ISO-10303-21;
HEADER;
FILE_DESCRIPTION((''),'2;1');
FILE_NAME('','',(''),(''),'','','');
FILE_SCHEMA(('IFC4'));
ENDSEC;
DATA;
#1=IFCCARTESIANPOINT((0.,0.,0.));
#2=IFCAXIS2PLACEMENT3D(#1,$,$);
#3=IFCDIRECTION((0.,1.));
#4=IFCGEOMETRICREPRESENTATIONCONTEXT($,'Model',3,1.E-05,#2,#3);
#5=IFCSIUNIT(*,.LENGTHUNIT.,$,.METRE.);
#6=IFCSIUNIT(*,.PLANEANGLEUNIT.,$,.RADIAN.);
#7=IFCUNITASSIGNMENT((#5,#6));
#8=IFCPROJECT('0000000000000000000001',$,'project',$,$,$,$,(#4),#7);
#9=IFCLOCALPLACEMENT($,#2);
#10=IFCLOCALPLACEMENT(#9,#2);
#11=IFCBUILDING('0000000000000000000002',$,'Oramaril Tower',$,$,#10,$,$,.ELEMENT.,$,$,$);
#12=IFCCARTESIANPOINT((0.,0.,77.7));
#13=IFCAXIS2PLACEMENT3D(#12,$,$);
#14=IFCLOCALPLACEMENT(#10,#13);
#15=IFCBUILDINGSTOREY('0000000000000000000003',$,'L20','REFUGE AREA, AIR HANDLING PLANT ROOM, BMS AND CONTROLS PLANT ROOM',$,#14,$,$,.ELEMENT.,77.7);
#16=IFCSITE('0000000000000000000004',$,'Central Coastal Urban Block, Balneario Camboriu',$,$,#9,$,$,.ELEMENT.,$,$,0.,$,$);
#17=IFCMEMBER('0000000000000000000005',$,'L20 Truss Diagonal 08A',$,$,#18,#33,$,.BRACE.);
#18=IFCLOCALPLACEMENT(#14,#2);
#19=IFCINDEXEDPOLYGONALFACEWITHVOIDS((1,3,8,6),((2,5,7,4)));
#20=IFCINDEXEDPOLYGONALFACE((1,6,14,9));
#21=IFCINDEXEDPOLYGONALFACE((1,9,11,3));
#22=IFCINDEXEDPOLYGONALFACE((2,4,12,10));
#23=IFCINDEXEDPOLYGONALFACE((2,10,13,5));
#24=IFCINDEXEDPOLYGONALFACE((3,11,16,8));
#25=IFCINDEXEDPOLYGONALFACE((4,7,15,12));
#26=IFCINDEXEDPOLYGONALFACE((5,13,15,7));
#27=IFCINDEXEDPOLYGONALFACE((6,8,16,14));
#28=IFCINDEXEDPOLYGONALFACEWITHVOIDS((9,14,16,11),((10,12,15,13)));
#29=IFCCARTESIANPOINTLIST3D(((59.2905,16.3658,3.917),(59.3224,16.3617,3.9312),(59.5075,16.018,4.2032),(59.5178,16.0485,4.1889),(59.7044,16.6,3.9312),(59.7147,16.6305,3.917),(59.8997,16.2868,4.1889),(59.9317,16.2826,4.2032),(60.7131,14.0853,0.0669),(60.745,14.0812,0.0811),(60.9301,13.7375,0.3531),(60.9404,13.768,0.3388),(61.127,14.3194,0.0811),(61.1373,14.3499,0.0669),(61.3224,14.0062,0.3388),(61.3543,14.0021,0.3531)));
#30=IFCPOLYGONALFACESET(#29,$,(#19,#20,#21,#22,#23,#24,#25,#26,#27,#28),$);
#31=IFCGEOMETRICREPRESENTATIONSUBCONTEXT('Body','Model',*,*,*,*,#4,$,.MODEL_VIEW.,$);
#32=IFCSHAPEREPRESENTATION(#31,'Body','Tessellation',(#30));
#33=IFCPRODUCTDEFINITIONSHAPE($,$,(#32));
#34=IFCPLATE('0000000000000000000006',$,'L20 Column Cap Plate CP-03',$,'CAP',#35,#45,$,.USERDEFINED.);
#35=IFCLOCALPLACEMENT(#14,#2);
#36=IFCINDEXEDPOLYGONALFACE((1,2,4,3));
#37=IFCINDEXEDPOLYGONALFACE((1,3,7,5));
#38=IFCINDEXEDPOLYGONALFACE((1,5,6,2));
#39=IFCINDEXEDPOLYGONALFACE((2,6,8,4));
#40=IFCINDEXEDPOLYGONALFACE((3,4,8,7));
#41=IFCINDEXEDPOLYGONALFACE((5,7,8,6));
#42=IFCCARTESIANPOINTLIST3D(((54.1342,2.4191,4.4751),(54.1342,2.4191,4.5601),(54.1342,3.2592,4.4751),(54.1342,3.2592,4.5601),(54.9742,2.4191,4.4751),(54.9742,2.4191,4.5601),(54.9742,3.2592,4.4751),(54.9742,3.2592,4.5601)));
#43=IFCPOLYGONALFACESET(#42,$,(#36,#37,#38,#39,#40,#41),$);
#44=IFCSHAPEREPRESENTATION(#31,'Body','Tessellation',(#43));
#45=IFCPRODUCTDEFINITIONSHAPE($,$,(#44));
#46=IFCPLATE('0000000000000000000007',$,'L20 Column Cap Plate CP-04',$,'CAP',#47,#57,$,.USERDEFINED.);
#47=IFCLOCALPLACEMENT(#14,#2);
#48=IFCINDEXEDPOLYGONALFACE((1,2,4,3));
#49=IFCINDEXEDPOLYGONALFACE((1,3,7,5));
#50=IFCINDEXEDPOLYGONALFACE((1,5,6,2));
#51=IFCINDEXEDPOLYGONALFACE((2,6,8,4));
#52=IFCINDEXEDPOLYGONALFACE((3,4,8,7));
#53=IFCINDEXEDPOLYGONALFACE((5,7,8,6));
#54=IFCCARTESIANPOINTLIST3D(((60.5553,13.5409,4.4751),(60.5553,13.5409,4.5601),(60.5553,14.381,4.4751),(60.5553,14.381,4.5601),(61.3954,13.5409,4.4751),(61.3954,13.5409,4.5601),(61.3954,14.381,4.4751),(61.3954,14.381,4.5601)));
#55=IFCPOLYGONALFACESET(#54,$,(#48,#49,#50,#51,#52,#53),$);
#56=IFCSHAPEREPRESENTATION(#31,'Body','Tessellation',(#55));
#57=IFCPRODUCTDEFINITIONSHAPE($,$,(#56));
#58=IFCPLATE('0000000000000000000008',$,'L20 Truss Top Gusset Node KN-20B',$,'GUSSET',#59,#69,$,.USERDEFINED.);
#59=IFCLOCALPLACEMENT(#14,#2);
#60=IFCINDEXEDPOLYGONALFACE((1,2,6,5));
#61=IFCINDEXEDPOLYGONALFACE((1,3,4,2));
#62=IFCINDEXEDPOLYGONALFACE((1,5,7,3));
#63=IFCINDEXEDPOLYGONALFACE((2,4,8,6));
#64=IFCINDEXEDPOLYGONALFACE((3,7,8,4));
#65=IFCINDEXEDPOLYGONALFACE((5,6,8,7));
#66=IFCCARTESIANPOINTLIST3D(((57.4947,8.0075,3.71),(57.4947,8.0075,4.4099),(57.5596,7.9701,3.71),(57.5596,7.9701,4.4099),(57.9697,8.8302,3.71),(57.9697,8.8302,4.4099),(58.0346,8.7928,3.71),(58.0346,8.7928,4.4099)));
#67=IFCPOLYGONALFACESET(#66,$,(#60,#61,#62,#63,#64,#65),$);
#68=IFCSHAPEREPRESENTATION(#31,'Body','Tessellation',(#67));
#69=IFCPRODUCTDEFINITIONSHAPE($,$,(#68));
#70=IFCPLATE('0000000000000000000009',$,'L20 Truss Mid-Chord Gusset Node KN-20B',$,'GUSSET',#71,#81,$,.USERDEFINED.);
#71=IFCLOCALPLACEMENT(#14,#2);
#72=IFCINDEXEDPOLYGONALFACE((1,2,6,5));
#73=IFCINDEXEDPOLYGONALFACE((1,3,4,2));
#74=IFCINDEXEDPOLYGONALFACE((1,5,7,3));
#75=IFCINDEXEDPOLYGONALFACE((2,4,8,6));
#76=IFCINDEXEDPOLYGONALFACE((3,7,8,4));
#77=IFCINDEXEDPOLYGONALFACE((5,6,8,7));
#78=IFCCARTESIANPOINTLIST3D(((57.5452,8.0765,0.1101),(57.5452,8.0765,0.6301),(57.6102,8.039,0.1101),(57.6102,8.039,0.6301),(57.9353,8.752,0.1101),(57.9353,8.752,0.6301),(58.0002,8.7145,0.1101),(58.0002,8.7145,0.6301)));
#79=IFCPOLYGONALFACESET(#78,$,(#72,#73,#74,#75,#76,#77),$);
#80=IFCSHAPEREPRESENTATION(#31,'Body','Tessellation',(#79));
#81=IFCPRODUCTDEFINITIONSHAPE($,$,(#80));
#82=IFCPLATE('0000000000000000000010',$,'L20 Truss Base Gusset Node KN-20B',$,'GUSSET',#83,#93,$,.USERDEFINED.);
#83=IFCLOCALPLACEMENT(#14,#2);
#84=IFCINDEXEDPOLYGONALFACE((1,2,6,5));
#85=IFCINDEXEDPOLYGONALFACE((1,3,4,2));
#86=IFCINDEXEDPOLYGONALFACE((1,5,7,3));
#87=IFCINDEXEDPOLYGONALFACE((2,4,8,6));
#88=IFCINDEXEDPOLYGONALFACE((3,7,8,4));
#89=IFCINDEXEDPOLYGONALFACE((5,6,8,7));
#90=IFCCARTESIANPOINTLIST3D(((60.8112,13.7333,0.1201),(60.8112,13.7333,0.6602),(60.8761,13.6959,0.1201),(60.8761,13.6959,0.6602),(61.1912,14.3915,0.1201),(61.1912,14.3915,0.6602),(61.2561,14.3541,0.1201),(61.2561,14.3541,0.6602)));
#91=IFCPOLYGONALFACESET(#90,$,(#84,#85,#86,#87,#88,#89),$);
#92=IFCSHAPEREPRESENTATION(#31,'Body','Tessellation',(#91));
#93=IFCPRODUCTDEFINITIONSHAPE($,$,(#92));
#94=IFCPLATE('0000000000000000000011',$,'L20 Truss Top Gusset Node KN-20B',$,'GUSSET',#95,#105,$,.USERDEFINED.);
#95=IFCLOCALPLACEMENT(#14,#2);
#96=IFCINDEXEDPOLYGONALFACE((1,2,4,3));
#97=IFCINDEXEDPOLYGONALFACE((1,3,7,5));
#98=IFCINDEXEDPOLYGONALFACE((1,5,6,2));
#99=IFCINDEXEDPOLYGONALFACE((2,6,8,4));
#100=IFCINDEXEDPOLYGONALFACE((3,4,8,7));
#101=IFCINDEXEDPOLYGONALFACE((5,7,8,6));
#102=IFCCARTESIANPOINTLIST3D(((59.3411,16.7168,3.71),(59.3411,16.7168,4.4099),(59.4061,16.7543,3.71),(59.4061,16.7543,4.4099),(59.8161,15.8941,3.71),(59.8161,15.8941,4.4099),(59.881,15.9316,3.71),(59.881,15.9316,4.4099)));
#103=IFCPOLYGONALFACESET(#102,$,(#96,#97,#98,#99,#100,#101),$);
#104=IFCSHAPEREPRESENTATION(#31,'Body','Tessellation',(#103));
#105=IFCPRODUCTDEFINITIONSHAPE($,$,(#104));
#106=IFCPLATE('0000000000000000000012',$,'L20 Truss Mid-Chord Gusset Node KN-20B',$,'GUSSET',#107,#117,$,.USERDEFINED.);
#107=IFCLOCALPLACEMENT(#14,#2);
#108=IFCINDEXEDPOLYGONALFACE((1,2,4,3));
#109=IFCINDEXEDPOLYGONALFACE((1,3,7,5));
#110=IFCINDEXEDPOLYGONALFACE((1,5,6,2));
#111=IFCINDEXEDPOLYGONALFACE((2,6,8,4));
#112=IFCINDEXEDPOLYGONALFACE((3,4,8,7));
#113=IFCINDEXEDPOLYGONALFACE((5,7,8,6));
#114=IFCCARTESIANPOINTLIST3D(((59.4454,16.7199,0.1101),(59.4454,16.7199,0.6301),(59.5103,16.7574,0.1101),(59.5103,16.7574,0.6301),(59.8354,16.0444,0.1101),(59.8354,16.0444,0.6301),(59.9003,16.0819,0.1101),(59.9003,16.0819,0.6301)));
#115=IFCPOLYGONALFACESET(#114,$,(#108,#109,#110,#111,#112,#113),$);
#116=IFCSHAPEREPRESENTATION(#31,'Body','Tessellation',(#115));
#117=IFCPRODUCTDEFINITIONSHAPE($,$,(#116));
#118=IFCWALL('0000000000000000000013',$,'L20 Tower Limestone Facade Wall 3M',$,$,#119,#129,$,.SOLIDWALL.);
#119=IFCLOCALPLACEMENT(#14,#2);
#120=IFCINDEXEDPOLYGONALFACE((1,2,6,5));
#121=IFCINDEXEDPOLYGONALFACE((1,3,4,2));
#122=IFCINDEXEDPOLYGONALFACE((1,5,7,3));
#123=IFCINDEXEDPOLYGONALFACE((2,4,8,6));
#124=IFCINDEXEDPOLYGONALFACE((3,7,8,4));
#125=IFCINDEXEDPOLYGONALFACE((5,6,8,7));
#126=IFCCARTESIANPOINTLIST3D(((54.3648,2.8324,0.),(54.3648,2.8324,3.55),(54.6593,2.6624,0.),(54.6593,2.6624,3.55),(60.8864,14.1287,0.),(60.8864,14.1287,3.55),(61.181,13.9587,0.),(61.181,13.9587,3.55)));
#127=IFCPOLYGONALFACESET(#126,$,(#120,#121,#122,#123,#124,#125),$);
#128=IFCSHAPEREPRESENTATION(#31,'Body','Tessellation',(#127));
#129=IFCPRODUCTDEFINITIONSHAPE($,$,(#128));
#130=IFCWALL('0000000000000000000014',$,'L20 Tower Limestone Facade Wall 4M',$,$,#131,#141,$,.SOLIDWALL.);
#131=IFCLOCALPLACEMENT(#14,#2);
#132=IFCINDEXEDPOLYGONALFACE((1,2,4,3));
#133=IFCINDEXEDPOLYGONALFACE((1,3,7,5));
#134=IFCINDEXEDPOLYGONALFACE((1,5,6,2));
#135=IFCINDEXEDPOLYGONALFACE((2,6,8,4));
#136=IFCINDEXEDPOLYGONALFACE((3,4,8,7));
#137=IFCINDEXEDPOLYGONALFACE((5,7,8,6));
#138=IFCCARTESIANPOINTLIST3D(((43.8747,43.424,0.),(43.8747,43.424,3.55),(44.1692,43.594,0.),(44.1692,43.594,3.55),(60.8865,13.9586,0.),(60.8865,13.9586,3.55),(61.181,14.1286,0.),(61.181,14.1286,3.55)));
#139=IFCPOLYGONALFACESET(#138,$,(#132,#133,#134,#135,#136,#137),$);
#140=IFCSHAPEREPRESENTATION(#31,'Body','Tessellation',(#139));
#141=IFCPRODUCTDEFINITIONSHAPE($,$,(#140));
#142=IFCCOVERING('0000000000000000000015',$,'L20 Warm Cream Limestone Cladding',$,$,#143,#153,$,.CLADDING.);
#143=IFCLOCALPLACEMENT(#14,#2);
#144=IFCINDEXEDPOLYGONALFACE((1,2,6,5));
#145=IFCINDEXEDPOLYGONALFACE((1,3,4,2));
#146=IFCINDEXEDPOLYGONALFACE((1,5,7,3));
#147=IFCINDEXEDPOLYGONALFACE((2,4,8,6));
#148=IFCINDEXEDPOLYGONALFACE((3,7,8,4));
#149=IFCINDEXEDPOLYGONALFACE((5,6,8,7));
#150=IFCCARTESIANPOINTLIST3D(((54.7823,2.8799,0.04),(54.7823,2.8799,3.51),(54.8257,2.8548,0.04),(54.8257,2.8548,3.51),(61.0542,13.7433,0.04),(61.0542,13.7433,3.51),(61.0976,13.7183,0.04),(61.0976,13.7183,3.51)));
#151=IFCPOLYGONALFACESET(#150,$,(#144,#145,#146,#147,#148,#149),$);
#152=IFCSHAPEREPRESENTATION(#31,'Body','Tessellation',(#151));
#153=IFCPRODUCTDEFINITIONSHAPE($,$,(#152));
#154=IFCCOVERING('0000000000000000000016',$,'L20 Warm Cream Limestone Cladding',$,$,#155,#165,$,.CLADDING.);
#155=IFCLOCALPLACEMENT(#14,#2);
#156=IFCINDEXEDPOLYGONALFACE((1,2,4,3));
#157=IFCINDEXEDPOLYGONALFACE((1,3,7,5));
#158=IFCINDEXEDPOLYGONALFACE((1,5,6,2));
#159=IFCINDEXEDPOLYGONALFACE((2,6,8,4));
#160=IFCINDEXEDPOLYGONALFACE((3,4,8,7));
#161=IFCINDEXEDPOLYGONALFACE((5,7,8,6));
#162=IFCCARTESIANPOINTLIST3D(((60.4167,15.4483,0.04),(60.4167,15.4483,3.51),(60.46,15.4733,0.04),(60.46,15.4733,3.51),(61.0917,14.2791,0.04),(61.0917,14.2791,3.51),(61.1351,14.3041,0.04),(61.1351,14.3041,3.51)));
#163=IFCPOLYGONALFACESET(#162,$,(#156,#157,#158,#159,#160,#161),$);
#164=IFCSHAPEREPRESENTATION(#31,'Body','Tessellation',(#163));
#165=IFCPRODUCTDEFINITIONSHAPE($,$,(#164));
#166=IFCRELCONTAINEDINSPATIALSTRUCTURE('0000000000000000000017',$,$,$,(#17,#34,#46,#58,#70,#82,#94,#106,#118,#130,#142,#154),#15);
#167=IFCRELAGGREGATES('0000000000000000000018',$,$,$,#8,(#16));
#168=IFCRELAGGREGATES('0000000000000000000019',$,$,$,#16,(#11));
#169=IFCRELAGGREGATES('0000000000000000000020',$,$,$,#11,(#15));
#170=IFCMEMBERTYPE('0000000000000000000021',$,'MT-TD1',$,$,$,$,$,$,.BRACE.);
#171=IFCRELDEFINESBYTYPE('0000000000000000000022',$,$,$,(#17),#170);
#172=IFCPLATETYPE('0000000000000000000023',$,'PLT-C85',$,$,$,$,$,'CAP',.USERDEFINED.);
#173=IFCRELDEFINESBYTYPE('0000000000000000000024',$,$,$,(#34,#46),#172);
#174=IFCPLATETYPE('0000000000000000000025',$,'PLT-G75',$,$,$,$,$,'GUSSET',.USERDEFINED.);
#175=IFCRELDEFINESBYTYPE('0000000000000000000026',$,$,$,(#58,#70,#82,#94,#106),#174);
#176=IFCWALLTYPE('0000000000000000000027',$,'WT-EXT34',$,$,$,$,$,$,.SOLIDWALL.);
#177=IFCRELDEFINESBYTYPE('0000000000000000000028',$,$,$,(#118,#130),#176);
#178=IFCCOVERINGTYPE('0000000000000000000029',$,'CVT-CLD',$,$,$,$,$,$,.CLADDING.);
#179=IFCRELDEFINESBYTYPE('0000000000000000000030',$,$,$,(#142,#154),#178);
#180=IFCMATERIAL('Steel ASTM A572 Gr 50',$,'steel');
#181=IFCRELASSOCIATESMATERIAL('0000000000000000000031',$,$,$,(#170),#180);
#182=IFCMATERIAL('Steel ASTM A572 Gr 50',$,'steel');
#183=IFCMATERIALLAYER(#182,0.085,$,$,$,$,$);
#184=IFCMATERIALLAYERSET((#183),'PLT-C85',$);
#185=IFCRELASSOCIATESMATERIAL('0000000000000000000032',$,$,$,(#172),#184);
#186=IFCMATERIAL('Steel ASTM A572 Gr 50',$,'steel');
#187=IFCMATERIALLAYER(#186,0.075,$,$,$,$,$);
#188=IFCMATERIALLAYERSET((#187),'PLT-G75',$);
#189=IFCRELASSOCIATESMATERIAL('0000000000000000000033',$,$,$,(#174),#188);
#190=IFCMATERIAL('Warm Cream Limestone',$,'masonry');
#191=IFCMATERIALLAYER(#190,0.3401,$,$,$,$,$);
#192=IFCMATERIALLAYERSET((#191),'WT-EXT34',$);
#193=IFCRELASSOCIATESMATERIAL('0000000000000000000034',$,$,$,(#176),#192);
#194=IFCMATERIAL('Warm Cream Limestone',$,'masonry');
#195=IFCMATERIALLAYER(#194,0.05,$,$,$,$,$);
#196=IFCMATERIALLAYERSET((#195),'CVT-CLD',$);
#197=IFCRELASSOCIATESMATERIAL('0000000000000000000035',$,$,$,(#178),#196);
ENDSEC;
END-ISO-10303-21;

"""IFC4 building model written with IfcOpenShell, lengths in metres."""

from ifc_helpers import new_model, si_unit, direction, frame, frame_2d, origin, origin_2d, place, context, subcontext, project, spatial, rectangle, hollow_rectangle, extrude, material, layer, layer_set, material_profile, profile_set, type_object, element, save


model = new_model("IFC4")

# Units and contexts
model_context = context("Model", 3, precision=1e-05, world=origin(), true_north=direction((0.0, 1.0)))
body_context = subcontext(model_context, "Body", "Model", "MODEL_VIEW")
ifc_project = project(units=[si_unit("LENGTHUNIT", "METRE"), si_unit("PLANEANGLEUNIT", "RADIAN")], contexts=[model_context])

# Site, building, storey
site_placement = place(None, origin())
site = spatial("IfcSite", under=ifc_project, at=site_placement, Name="Central Coastal Urban Block, Balneario Camboriu", CompositionType="ELEMENT", RefElevation=0.0)
building_placement = place(site_placement, origin())
building = spatial("IfcBuilding", under=site, at=building_placement, Name="Oramaril Tower", CompositionType="ELEMENT")
storey_placement = place(building_placement, frame((0.0, 0.0, 77.7)))
storey = spatial("IfcBuildingStorey", under=building, at=storey_placement, Name="L20", Description="REFUGE AREA, AIR HANDLING PLANT ROOM, BMS AND CONTROLS PLANT ROOM", CompositionType="ELEMENT", Elevation=77.7)

# Member
ifc_material_1 = material(Name="Steel ASTM A572 Gr 50", Category="steel")
ifc_material_profile_1 = material_profile(ifc_material_1, hollow_rectangle(XDim=0.5, YDim=0.5, WallThickness=0.0249, at=origin_2d()), Name="HSS500X500X25")
ifc_profile_set_1 = profile_set([ifc_material_profile_1], Name="Steel ASTM A572 Gr 50")
member_type_1 = type_object("IfcMemberType", Name="MT-TD1", PredefinedType="BRACE", material=ifc_profile_set_1)
member_1_placement = place(storey_placement, frame((61.0337, 14.0437, 0.21), z_axis=(-0.302972, 0.48568, 0.819953), x_axis=(-0.848452, -0.529272, 0.0)))
element("IfcMember", 1, at=member_1_placement, inside=storey, type_object=member_type_1, Name="L20 Truss Diagonal 08A", PredefinedType="BRACE", context=body_context, shape_type="SweptSolid", body=[
    extrude(hollow_rectangle(XDim=0.5, YDim=0.5, WallThickness=0.0249, at=origin_2d()), origin(), (0.0, 0.0, 1.0), 4.6956),
])

# Plates
ifc_material_2 = material(Name="Steel ASTM A572 Gr 50", Category="steel")
ifc_layer_1 = layer(ifc_material_2, 0.085)
ifc_layer_set_1 = layer_set([ifc_layer_1], Name="PLT-C85")
plate_type_1 = type_object("IfcPlateType", Name="PLT-C85", ElementType="CAP", PredefinedType="USERDEFINED", material=ifc_layer_set_1)
for number, where, z_axis, x_axis, name in (
    (2, (54.5542, 2.8391, 4.4751), (0.0, 0.0, 1.0), (1.0, 0.0, 0.0), "L20 Column Cap Plate CP-03"),
    (3, (60.9753, 13.9609, 4.4751), (0.0, 0.0, 1.0), (1.0, 0.0, 0.0), "L20 Column Cap Plate CP-04"),
):
    element("IfcPlate", number, at=place(storey_placement, frame(where, z_axis=z_axis, x_axis=x_axis)), inside=storey, type_object=plate_type_1, Name=name, ObjectType="CAP", PredefinedType="USERDEFINED", context=body_context, shape_type="SweptSolid", body=[
        extrude(rectangle(XDim=0.8401, YDim=0.8401, at=origin_2d()), origin(), (0.0, 0.0, 1.0), 0.085),
    ])
ifc_material_3 = material(Name="Steel ASTM A572 Gr 50", Category="steel")
ifc_layer_2 = layer(ifc_material_3, 0.075)
ifc_layer_set_2 = layer_set([ifc_layer_2], Name="PLT-G75")
plate_type_2 = type_object("IfcPlateType", Name="PLT-G75", ElementType="GUSSET", PredefinedType="USERDEFINED", material=ifc_layer_set_2)
plate_1_placement = place(storey_placement, frame((57.7646, 8.4001, 3.71), z_axis=(0.0, 0.0, 1.0), x_axis=(0.499992, 0.86603, 0.0)))
element("IfcPlate", 4, at=plate_1_placement, inside=storey, type_object=plate_type_2, Name="L20 Truss Top Gusset Node KN-20B", ObjectType="GUSSET", PredefinedType="USERDEFINED", context=body_context, shape_type="SweptSolid", body=[
    extrude(rectangle(XDim=0.95, YDim=0.075, at=origin_2d()), origin(), (0.0, 0.0, 1.0), 0.7),
])
plate_2_placement = place(storey_placement, frame((57.7727, 8.3955, 0.1101), z_axis=(0.0, 0.0, 1.0), x_axis=(0.499992, 0.86603, 0.0)))
element("IfcPlate", 5, at=plate_2_placement, inside=storey, type_object=plate_type_2, Name="L20 Truss Mid-Chord Gusset Node KN-20B", ObjectType="GUSSET", PredefinedType="USERDEFINED", context=body_context, shape_type="SweptSolid", body=[
    extrude(rectangle(XDim=0.78, YDim=0.075, at=origin_2d()), origin(), (0.0, 0.0, 1.0), 0.52),
])
plate_3_placement = place(storey_placement, frame((61.0337, 14.0437, 0.1201), z_axis=(0.0, 0.0, 1.0), x_axis=(0.499992, 0.86603, 0.0)))
element("IfcPlate", 6, at=plate_3_placement, inside=storey, type_object=plate_type_2, Name="L20 Truss Base Gusset Node KN-20B", ObjectType="GUSSET", PredefinedType="USERDEFINED", context=body_context, shape_type="SweptSolid", body=[
    extrude(rectangle(XDim=0.76, YDim=0.075, at=origin_2d()), origin(), (0.0, 0.0, 1.0), 0.54),
])
plate_4_placement = place(storey_placement, frame((59.6111, 16.3242, 3.71), z_axis=(0.0, 0.0, 1.0), x_axis=(-0.499997, 0.866027, 0.0)))
element("IfcPlate", 7, at=plate_4_placement, inside=storey, type_object=plate_type_2, Name="L20 Truss Top Gusset Node KN-20B", ObjectType="GUSSET", PredefinedType="USERDEFINED", context=body_context, shape_type="SweptSolid", body=[
    extrude(rectangle(XDim=0.95, YDim=0.075, at=origin_2d()), origin(), (0.0, 0.0, 1.0), 0.7),
])
plate_5_placement = place(storey_placement, frame((59.6729, 16.4009, 0.1101), z_axis=(0.0, 0.0, 1.0), x_axis=(-0.499997, 0.866027, 0.0)))
element("IfcPlate", 8, at=plate_5_placement, inside=storey, type_object=plate_type_2, Name="L20 Truss Mid-Chord Gusset Node KN-20B", ObjectType="GUSSET", PredefinedType="USERDEFINED", context=body_context, shape_type="SweptSolid", body=[
    extrude(rectangle(XDim=0.78, YDim=0.075, at=origin_2d()), origin(), (0.0, 0.0, 1.0), 0.52),
])

# Walls
ifc_material_4 = material(Name="Warm Cream Limestone", Category="masonry")
ifc_layer_3 = layer(ifc_material_4, 0.3401)
ifc_layer_set_3 = layer_set([ifc_layer_3], Name="WT-EXT34")
wall_type = type_object("IfcWallType", Name="WT-EXT34", PredefinedType="SOLIDWALL", material=ifc_layer_set_3)
wall_1_placement = place(storey_placement, frame((54.512, 2.7473, 0.0), z_axis=(0.0, 0.0, 1.0), x_axis=(0.499986, 0.866033, 0.0)))
element("IfcWall", 9, at=wall_1_placement, inside=storey, type_object=wall_type, Name="L20 Tower Limestone Facade Wall 3M", PredefinedType="SOLIDWALL", context=body_context, shape_type="SweptSolid", body=[
    extrude(rectangle(XDim=13.0437, YDim=0.3401, at=frame_2d((6.522, 0.0))), origin(), (0.0, 0.0, 1.0), 3.55),
])
wall_2_placement = place(storey_placement, frame((61.0337, 14.0437, 0.0), z_axis=(0.0, 0.0, 1.0), x_axis=(-0.499998, 0.866027, 0.0)))
element("IfcWall", 10, at=wall_2_placement, inside=storey, type_object=wall_type, Name="L20 Tower Limestone Facade Wall 4M", PredefinedType="SOLIDWALL", context=body_context, shape_type="SweptSolid", body=[
    extrude(rectangle(XDim=34.0237, YDim=0.3401, at=frame_2d((17.0117, 0.0))), origin(), (0.0, 0.0, 1.0), 3.55),
])

# Coverings
ifc_material_5 = material(Name="Warm Cream Limestone", Category="masonry")
ifc_layer_4 = layer(ifc_material_5, 0.05)
ifc_layer_set_4 = layer_set([ifc_layer_4], Name="CVT-CLD")
covering_type = type_object("IfcCoveringType", Name="CVT-CLD", PredefinedType="CLADDING", material=ifc_layer_set_4)
covering_1_placement = place(storey_placement, frame((57.9399, 8.2991, 0.04), z_axis=(0.0, 0.0, 1.0), x_axis=(0.499992, 0.86603, 0.0)))
element("IfcCovering", 11, at=covering_1_placement, inside=storey, type_object=covering_type, Name="L20 Warm Cream Limestone Cladding", PredefinedType="CLADDING", context=body_context, shape_type="SweptSolid", body=[
    extrude(rectangle(XDim=12.5439, YDim=0.05, at=origin_2d()), origin(), (0.0, 0.0, 1.0), 3.47),
])
covering_2_placement = place(storey_placement, frame((60.7759, 14.8762, 0.04), z_axis=(0.0, 0.0, 1.0), x_axis=(-0.499998, 0.866026, 0.0)))
element("IfcCovering", 12, at=covering_2_placement, inside=storey, type_object=covering_type, Name="L20 Warm Cream Limestone Cladding", PredefinedType="CLADDING", context=body_context, shape_type="SweptSolid", body=[
    extrude(rectangle(XDim=1.3501, YDim=0.05, at=origin_2d()), origin(), (0.0, 0.0, 1.0), 3.47),
])

save(model, "model.ifc")
